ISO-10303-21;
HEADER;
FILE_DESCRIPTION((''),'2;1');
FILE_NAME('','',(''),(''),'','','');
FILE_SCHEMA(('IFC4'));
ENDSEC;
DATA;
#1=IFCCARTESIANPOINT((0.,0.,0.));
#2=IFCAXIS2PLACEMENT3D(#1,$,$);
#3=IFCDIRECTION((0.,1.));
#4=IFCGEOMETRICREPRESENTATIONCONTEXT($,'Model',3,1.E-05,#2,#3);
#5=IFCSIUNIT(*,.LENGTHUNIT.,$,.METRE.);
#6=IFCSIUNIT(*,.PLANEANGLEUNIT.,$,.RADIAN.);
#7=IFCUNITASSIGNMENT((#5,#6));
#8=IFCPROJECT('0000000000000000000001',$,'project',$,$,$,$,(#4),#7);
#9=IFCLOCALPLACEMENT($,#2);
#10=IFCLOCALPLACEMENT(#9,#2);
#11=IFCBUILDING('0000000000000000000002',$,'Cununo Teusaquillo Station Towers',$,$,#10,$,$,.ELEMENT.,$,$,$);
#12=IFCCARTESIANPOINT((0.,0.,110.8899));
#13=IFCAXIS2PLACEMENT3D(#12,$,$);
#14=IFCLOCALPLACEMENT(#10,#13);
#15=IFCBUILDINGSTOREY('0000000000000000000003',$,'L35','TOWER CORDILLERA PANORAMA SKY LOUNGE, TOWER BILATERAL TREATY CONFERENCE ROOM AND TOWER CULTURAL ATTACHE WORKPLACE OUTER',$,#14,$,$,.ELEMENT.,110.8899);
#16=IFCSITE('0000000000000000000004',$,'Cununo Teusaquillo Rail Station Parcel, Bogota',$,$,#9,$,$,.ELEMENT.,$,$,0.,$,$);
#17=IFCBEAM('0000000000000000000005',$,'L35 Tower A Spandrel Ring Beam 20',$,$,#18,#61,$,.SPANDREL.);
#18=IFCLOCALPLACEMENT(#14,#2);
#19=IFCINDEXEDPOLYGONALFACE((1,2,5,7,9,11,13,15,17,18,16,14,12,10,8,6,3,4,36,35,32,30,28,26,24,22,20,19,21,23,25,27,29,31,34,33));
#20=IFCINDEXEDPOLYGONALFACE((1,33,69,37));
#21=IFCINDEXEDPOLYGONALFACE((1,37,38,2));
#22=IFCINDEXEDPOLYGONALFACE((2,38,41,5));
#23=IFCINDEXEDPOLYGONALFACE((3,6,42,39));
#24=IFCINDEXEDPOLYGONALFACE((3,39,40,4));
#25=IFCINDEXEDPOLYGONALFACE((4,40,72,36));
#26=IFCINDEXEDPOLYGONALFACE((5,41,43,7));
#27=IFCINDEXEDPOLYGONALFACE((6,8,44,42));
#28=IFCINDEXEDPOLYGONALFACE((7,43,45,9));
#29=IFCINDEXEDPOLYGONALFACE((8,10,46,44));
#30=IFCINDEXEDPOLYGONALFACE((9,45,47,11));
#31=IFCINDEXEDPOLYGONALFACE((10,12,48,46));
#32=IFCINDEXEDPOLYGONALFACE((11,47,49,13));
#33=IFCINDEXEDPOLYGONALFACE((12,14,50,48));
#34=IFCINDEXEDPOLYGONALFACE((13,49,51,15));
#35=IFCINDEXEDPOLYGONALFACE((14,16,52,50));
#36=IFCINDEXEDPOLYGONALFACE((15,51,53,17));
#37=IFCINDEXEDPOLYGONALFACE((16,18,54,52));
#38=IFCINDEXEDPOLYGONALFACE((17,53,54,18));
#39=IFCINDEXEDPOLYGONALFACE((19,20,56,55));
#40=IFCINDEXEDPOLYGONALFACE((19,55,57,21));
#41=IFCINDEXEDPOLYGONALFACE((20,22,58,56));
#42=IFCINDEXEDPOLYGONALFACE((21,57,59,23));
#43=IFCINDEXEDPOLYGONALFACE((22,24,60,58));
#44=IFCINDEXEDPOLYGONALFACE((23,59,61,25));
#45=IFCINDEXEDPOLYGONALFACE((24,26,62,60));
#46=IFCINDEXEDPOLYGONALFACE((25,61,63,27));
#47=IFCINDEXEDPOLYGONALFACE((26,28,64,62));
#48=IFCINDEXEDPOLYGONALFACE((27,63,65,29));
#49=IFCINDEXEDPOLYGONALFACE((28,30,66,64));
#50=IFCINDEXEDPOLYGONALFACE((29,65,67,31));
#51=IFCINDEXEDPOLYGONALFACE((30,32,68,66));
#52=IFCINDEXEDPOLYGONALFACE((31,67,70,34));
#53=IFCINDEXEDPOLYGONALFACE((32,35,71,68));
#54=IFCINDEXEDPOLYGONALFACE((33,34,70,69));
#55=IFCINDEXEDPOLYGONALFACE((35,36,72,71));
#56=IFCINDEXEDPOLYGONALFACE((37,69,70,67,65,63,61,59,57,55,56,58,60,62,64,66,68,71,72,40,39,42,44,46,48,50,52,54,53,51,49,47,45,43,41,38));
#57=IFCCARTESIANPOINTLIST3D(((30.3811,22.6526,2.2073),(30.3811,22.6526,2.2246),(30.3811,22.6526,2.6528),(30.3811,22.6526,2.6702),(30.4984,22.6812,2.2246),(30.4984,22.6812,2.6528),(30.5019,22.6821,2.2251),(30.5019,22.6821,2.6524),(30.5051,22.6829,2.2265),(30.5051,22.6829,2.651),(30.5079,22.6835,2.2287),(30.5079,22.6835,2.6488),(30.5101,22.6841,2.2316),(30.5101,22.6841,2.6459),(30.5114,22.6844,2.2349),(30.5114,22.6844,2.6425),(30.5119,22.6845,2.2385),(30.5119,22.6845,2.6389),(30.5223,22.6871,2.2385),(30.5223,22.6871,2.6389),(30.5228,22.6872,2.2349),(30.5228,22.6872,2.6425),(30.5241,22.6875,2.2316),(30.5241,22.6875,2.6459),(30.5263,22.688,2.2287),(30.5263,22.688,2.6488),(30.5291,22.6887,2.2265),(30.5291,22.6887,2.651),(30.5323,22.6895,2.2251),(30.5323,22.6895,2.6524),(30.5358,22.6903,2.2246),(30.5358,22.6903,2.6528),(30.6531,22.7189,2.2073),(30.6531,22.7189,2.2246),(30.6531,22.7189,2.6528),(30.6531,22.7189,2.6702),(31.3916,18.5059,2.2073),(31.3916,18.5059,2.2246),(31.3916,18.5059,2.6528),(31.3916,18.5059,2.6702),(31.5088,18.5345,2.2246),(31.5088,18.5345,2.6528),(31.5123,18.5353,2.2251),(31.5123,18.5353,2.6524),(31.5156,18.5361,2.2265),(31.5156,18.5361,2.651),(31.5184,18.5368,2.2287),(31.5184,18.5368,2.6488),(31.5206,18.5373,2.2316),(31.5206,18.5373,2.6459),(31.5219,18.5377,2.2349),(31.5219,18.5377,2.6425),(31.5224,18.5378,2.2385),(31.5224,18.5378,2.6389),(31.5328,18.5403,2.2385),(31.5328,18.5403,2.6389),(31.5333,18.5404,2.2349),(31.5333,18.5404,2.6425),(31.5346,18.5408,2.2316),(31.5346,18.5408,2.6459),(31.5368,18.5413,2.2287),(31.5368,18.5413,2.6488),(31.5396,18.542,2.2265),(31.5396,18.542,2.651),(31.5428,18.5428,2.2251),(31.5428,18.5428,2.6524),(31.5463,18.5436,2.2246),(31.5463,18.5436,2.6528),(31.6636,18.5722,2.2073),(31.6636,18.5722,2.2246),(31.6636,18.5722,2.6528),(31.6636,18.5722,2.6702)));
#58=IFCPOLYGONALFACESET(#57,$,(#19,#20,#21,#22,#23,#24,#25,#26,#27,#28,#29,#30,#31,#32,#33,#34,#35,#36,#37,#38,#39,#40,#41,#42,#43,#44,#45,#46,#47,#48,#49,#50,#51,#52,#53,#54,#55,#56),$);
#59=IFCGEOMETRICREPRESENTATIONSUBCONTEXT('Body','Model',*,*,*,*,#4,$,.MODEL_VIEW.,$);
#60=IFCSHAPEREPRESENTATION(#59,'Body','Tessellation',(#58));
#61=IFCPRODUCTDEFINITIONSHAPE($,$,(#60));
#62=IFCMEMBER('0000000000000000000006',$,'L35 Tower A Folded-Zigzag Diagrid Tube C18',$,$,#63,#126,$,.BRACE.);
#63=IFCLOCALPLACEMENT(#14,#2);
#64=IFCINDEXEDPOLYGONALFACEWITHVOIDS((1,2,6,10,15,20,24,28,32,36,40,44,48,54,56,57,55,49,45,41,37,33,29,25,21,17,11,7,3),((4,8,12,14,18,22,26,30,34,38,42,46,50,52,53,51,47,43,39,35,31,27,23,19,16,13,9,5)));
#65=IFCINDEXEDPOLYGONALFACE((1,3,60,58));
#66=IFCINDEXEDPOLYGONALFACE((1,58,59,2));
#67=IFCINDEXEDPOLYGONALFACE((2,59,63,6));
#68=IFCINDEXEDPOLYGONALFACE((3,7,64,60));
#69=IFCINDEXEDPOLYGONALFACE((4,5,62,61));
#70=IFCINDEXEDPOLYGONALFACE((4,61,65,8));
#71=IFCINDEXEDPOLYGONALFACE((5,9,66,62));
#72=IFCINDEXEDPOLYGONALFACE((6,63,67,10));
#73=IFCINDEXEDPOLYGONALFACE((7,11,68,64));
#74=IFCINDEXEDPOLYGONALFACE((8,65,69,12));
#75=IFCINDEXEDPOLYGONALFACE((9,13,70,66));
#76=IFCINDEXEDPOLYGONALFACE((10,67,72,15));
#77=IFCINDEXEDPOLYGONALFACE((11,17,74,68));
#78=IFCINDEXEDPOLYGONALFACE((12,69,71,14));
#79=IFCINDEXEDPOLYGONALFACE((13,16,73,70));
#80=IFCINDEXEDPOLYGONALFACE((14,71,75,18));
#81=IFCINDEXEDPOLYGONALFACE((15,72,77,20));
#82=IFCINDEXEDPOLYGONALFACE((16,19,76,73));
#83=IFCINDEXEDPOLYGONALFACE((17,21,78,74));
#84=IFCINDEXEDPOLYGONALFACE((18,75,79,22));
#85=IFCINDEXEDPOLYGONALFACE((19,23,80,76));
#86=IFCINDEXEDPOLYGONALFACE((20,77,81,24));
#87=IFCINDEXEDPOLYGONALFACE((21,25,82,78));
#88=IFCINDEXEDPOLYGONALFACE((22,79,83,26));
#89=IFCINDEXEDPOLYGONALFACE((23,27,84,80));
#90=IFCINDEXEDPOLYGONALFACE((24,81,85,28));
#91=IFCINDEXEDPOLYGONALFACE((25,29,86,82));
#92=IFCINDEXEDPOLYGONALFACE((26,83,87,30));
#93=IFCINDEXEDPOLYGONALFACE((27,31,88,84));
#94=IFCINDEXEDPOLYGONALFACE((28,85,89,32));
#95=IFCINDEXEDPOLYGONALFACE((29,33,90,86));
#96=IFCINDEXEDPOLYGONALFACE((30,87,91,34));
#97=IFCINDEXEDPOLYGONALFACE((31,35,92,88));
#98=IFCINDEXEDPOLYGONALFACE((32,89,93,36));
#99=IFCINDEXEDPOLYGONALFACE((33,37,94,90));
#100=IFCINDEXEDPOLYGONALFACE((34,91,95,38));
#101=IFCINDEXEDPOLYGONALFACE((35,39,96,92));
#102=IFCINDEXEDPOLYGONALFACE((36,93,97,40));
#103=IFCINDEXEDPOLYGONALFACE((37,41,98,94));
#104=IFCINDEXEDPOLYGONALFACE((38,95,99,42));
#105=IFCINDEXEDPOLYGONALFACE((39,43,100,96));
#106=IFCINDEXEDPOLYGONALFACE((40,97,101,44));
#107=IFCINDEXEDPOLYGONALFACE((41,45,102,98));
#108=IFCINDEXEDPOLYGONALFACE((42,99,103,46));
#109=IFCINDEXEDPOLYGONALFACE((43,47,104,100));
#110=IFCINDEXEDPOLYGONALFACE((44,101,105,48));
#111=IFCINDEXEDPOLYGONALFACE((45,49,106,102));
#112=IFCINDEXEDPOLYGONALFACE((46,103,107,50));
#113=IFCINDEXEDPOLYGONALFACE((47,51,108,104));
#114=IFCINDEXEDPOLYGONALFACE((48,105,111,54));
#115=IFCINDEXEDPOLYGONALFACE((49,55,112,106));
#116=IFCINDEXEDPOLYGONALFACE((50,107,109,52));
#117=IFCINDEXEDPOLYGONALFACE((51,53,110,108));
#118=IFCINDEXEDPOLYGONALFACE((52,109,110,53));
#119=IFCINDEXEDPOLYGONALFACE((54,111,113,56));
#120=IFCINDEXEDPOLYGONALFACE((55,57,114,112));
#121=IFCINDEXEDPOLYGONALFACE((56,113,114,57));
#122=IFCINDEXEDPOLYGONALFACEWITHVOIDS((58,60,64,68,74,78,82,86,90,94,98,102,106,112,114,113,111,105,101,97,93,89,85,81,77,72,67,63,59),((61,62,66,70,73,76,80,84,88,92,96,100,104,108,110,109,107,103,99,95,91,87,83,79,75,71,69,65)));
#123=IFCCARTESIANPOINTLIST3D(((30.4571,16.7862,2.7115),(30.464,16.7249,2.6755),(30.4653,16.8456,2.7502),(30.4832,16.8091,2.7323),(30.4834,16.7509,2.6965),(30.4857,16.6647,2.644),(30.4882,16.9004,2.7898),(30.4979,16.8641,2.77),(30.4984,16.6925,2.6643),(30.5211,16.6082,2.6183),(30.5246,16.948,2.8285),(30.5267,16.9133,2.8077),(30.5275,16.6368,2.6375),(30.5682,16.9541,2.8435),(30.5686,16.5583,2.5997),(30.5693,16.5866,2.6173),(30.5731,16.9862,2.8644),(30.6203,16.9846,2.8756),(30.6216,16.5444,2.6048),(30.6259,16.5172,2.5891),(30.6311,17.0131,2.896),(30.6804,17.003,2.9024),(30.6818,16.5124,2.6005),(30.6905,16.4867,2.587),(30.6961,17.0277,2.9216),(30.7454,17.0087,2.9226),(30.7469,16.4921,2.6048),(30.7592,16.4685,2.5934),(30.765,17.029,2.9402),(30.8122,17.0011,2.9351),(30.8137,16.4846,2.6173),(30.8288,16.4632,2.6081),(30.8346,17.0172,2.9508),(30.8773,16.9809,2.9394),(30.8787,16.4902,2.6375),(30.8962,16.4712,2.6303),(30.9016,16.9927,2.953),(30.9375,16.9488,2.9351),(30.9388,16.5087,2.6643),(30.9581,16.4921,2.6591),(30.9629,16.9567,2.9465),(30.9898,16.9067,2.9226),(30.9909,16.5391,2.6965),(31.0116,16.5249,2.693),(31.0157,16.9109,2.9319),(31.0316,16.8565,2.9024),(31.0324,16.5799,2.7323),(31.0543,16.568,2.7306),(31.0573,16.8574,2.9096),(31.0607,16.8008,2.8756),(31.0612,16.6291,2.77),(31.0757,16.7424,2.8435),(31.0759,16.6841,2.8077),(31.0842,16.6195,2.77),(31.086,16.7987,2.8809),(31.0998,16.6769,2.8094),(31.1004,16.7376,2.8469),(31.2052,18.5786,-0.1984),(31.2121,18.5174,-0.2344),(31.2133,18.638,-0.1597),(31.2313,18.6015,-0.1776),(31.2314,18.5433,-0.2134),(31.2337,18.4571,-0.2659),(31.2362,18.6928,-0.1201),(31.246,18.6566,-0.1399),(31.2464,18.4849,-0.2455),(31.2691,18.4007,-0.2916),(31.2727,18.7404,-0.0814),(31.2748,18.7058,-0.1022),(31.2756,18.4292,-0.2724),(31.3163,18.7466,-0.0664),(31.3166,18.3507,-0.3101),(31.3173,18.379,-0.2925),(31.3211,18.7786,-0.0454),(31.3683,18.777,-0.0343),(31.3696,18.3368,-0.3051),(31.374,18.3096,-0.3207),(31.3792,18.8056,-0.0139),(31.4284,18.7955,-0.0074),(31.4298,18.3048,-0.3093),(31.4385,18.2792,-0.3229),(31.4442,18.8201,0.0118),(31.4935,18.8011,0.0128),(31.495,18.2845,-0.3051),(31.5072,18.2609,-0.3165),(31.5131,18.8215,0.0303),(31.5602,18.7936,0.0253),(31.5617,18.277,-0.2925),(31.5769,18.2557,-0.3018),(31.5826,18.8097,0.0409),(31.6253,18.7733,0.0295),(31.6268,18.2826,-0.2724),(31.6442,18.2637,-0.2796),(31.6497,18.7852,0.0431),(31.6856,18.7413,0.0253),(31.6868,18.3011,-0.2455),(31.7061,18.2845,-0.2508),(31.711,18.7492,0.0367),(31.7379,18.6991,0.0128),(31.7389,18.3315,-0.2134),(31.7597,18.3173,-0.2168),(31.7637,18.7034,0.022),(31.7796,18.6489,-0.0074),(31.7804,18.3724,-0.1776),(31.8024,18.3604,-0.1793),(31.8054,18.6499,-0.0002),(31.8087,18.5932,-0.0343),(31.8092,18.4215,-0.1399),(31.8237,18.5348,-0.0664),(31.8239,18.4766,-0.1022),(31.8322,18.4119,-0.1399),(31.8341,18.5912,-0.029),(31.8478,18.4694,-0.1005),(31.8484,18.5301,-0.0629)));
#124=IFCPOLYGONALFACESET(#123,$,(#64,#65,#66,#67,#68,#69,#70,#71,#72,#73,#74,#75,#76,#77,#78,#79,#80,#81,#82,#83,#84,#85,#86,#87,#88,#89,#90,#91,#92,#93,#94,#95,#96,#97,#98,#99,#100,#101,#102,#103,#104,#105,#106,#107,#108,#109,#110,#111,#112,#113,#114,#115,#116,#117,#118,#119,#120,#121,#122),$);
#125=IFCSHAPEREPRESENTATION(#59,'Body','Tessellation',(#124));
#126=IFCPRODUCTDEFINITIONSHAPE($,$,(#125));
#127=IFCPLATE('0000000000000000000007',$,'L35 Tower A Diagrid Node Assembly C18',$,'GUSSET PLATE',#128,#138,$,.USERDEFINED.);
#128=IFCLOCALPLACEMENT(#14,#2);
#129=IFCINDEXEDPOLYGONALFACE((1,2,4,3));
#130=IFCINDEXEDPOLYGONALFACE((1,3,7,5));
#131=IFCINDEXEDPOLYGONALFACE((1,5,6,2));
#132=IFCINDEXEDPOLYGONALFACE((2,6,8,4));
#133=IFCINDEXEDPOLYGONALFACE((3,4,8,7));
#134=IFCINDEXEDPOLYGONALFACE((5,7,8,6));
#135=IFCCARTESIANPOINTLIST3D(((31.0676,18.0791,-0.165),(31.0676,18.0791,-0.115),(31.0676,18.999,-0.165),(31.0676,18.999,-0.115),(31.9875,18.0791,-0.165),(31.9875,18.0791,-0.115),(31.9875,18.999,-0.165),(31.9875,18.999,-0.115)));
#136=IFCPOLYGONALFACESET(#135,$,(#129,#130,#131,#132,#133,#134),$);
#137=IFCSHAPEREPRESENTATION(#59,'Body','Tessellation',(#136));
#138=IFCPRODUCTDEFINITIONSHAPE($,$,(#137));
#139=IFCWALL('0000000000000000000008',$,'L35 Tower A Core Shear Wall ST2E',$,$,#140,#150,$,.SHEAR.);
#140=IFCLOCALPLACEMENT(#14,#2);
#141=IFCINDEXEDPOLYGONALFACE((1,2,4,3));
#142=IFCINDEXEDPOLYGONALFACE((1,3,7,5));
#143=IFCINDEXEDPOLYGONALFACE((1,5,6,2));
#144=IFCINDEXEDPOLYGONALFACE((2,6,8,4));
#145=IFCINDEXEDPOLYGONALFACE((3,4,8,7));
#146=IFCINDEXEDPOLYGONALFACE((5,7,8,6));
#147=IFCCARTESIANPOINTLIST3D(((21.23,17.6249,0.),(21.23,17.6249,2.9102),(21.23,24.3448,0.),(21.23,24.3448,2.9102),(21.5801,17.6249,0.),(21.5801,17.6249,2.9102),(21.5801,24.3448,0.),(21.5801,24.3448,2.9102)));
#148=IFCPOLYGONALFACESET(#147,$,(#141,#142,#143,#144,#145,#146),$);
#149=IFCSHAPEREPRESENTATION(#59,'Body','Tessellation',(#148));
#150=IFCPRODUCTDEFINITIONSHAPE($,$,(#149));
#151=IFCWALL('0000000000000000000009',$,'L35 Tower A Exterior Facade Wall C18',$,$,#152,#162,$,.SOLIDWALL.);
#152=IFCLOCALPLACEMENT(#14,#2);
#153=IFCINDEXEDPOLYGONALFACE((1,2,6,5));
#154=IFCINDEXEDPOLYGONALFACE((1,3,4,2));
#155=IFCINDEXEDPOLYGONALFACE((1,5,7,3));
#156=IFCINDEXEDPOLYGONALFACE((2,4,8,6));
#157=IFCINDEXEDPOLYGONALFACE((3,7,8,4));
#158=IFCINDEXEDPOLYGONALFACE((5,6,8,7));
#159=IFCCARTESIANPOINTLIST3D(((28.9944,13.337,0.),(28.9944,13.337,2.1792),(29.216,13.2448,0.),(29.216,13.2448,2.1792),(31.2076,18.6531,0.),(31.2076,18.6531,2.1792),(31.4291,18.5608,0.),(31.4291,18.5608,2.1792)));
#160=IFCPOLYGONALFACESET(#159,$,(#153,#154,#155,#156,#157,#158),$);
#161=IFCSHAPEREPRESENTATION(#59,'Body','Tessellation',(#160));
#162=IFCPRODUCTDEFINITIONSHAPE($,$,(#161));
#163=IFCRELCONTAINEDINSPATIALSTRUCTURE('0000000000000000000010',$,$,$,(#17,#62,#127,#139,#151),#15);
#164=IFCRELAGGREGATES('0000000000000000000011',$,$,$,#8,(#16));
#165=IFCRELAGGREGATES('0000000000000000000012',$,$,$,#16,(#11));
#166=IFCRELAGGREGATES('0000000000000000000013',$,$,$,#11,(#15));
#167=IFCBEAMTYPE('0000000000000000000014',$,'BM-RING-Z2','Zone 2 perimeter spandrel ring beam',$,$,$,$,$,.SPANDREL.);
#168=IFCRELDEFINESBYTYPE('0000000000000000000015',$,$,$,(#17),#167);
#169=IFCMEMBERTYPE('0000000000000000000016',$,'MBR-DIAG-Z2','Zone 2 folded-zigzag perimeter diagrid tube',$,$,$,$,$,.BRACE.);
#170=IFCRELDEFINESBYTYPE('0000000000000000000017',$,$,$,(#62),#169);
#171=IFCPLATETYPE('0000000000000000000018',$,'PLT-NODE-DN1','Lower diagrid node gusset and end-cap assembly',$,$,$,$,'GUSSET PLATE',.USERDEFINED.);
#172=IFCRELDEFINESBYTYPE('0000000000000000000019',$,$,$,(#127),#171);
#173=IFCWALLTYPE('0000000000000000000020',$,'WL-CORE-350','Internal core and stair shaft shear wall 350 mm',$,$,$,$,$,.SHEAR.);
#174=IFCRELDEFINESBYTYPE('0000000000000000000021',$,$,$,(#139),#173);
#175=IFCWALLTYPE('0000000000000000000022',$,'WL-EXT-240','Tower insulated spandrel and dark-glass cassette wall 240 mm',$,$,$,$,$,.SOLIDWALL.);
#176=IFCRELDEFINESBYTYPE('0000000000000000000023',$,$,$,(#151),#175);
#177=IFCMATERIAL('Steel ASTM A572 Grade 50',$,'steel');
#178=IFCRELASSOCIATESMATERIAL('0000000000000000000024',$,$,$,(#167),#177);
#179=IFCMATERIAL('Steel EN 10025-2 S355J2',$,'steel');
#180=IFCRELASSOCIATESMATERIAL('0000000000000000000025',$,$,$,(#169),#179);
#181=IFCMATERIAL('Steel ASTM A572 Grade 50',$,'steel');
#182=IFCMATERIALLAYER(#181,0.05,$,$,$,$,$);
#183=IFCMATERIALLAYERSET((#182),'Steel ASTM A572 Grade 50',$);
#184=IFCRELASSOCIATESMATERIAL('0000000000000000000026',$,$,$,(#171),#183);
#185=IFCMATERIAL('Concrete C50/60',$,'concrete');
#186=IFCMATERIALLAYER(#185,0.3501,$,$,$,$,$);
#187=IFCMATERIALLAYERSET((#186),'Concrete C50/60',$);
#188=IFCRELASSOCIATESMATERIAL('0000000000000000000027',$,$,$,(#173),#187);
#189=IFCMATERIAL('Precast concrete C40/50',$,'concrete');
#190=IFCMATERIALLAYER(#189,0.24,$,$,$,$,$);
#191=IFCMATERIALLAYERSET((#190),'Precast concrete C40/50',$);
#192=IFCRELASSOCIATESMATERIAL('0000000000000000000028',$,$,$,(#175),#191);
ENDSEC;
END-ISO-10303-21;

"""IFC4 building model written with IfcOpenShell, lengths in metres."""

from ifc_helpers import new_model, si_unit, direction, frame, frame_2d, origin, origin_2d, place, context, subcontext, project, spatial, rectangle, hollow_circle, i_section, extrude, source, transform, mapped, material, layer, layer_set, material_profile, profile_set, type_object, element, save


model = new_model("IFC4")

# Units and contexts
model_context = context("Model", 3, precision=1e-05, world=origin(), true_north=direction((0.0, 1.0)))
body_context = subcontext(model_context, "Body", "Model", "MODEL_VIEW")
ifc_project = project(units=[si_unit("LENGTHUNIT", "METRE"), si_unit("PLANEANGLEUNIT", "RADIAN")], contexts=[model_context])

# Site, building, storey
site_placement = place(None, origin())
site = spatial("IfcSite", under=ifc_project, at=site_placement, Name="Cununo Teusaquillo Rail Station Parcel, Bogota", CompositionType="ELEMENT", RefElevation=0.0)
building_placement = place(site_placement, origin())
building = spatial("IfcBuilding", under=site, at=building_placement, Name="Cununo Teusaquillo Station Towers", CompositionType="ELEMENT")
storey_placement = place(building_placement, frame((0.0, 0.0, 110.8899)))
storey = spatial("IfcBuildingStorey", under=building, at=storey_placement, Name="L35", Description="TOWER CORDILLERA PANORAMA SKY LOUNGE, TOWER BILATERAL TREATY CONFERENCE ROOM AND TOWER CULTURAL ATTACHE WORKPLACE OUTER", CompositionType="ELEMENT", Elevation=110.8899)

# Beam
ifc_material_1 = material(Name="Steel ASTM A572 Grade 50", Category="steel")
ifc_material_profile_1 = material_profile(ifc_material_1, i_section(OverallWidth=0.28, OverallDepth=0.4629, WebThickness=0.0107, FlangeThickness=0.0173, FilletRadius=0.0139, at=origin_2d()), Name="W18X76")
ifc_profile_set_1 = profile_set([ifc_material_profile_1], Name="Steel ASTM A572 Grade 50")
beam_type_1 = type_object("IfcBeamType", Name="BM-RING-Z2", Description="Zone 2 perimeter spandrel ring beam", PredefinedType="SPANDREL", material=ifc_profile_set_1)
beam_1_placement = place(storey_placement, frame((31.5276, 18.5391, 2.4387), z_axis=(-0.236757, 0.971569, 0.0), x_axis=(-0.971569, -0.236757, 0.0)))
element("IfcBeam", 1, at=beam_1_placement, inside=storey, type_object=beam_type_1, Name="L35 Tower A Spandrel Ring Beam 20", PredefinedType="SPANDREL", context=body_context, shape_type="SweptSolid", body=[
    extrude(i_section(OverallWidth=0.28, OverallDepth=0.4629, WebThickness=0.0107, FlangeThickness=0.0173, FilletRadius=0.0139, at=origin_2d()), origin(), (0.0, 0.0, 1.0), 4.2681),
])

# Member
ifc_material_2 = material(Name="Steel EN 10025-2 S355J2", Category="steel")
ifc_material_profile_2 = material_profile(ifc_material_2, hollow_circle(Radius=0.3301, WallThickness=0.0249, at=origin_2d()), Name="CHS 660x25")
ifc_profile_set_2 = profile_set([ifc_material_profile_2], Name="Steel EN 10025-2 S355J2")
member_type = type_object("IfcMemberType", Name="MBR-DIAG-Z2", Description="Zone 2 folded-zigzag perimeter diagrid tube", PredefinedType="BRACE", material=ifc_profile_set_2)
member_placement = place(storey_placement, frame((31.5276, 18.5391, -0.1399), z_axis=(-0.213814, -0.512343, 0.831738), x_axis=(0.922861, -0.385133, 0.0)))
element("IfcMember", 2, at=member_placement, inside=storey, type_object=member_type, Name="L35 Tower A Folded-Zigzag Diagrid Tube C18", PredefinedType="BRACE", context=body_context, shape_type="SweptSolid", body=[
    extrude(hollow_circle(Radius=0.3301, WallThickness=0.0249, at=origin_2d()), origin(), (0.0, 0.0, 1.0), 3.4985),
])

# Plate
ifc_material_3 = material(Name="Steel ASTM A572 Grade 50", Category="steel")
ifc_layer_1 = layer(ifc_material_3, 0.05)
ifc_layer_set_1 = layer_set([ifc_layer_1], Name="Steel ASTM A572 Grade 50")
plate_type = type_object("IfcPlateType", Name="PLT-NODE-DN1", Description="Lower diagrid node gusset and end-cap assembly", ElementType="GUSSET PLATE", PredefinedType="USERDEFINED", material=ifc_layer_set_1)
shared_shape_1 = source(origin(), body_context, "Body", "SweptSolid", [
    extrude(rectangle(XDim=0.9199, YDim=0.9199, at=origin_2d()), origin(), (0.0, 0.0, 1.0), 0.05),
])
plate_placement = place(storey_placement, frame((31.5276, 18.5391, -0.165), z_axis=(0.0, 0.0, 1.0), x_axis=(1.0, 0.0, 0.0)))
element("IfcPlate", 3, at=plate_placement, inside=storey, type_object=plate_type, Name="L35 Tower A Diagrid Node Assembly C18", ObjectType="GUSSET PLATE", PredefinedType="USERDEFINED", context=body_context, shape_type="MappedRepresentation", body=[
    mapped(shared_shape_1, transform((0.0, 0.0, 0.0), x_axis=(1.0, 0.0, 0.0), y_axis=(0.0, 1.0, 0.0), z_axis=(0.0, 0.0, 1.0), scale=1.0)),
])

# Walls
ifc_material_4 = material(Name="Concrete C50/60", Category="concrete")
ifc_layer_2 = layer(ifc_material_4, 0.3501)
ifc_layer_set_2 = layer_set([ifc_layer_2], Name="Concrete C50/60")
wall_type_1 = type_object("IfcWallType", Name="WL-CORE-350", Description="Internal core and stair shaft shear wall 350 mm", PredefinedType="SHEAR", material=ifc_layer_set_2)
wall_1_placement = place(storey_placement, frame((21.405, 17.625, 0.0), z_axis=(0.0, 0.0, 1.0), x_axis=(0.0, 1.0, 0.0)))
element("IfcWall", 4, at=wall_1_placement, inside=storey, type_object=wall_type_1, Name="L35 Tower A Core Shear Wall ST2E", PredefinedType="SHEAR", context=body_context, shape_type="SweptSolid", body=[
    extrude(rectangle(XDim=6.72, YDim=0.3501, at=frame_2d((3.3599, 0.0))), origin(), (0.0, 0.0, 1.0), 2.9102),
])
ifc_material_5 = material(Name="Precast concrete C40/50", Category="concrete")
ifc_layer_3 = layer(ifc_material_5, 0.24)
ifc_layer_set_3 = layer_set([ifc_layer_3], Name="Precast concrete C40/50")
wall_type_2 = type_object("IfcWallType", Name="WL-EXT-240", Description="Tower insulated spandrel and dark-glass cassette wall 240 mm", PredefinedType="SOLIDWALL", material=ifc_layer_set_3)
wall_2_placement = place(storey_placement, frame((31.3184, 18.6069, 0.0), z_axis=(0.0, 0.0, 1.0), x_axis=(-0.384344, -0.92319, 0.0)))
element("IfcWall", 5, at=wall_2_placement, inside=storey, type_object=wall_type_2, Name="L35 Tower A Exterior Facade Wall C18", PredefinedType="SOLIDWALL", context=body_context, shape_type="SweptSolid", body=[
    extrude(rectangle(XDim=5.7583, YDim=0.24, at=frame_2d((2.8792, 0.0))), origin(), (0.0, 0.0, 1.0), 2.1792),
])

save(model, "model.ifc")
